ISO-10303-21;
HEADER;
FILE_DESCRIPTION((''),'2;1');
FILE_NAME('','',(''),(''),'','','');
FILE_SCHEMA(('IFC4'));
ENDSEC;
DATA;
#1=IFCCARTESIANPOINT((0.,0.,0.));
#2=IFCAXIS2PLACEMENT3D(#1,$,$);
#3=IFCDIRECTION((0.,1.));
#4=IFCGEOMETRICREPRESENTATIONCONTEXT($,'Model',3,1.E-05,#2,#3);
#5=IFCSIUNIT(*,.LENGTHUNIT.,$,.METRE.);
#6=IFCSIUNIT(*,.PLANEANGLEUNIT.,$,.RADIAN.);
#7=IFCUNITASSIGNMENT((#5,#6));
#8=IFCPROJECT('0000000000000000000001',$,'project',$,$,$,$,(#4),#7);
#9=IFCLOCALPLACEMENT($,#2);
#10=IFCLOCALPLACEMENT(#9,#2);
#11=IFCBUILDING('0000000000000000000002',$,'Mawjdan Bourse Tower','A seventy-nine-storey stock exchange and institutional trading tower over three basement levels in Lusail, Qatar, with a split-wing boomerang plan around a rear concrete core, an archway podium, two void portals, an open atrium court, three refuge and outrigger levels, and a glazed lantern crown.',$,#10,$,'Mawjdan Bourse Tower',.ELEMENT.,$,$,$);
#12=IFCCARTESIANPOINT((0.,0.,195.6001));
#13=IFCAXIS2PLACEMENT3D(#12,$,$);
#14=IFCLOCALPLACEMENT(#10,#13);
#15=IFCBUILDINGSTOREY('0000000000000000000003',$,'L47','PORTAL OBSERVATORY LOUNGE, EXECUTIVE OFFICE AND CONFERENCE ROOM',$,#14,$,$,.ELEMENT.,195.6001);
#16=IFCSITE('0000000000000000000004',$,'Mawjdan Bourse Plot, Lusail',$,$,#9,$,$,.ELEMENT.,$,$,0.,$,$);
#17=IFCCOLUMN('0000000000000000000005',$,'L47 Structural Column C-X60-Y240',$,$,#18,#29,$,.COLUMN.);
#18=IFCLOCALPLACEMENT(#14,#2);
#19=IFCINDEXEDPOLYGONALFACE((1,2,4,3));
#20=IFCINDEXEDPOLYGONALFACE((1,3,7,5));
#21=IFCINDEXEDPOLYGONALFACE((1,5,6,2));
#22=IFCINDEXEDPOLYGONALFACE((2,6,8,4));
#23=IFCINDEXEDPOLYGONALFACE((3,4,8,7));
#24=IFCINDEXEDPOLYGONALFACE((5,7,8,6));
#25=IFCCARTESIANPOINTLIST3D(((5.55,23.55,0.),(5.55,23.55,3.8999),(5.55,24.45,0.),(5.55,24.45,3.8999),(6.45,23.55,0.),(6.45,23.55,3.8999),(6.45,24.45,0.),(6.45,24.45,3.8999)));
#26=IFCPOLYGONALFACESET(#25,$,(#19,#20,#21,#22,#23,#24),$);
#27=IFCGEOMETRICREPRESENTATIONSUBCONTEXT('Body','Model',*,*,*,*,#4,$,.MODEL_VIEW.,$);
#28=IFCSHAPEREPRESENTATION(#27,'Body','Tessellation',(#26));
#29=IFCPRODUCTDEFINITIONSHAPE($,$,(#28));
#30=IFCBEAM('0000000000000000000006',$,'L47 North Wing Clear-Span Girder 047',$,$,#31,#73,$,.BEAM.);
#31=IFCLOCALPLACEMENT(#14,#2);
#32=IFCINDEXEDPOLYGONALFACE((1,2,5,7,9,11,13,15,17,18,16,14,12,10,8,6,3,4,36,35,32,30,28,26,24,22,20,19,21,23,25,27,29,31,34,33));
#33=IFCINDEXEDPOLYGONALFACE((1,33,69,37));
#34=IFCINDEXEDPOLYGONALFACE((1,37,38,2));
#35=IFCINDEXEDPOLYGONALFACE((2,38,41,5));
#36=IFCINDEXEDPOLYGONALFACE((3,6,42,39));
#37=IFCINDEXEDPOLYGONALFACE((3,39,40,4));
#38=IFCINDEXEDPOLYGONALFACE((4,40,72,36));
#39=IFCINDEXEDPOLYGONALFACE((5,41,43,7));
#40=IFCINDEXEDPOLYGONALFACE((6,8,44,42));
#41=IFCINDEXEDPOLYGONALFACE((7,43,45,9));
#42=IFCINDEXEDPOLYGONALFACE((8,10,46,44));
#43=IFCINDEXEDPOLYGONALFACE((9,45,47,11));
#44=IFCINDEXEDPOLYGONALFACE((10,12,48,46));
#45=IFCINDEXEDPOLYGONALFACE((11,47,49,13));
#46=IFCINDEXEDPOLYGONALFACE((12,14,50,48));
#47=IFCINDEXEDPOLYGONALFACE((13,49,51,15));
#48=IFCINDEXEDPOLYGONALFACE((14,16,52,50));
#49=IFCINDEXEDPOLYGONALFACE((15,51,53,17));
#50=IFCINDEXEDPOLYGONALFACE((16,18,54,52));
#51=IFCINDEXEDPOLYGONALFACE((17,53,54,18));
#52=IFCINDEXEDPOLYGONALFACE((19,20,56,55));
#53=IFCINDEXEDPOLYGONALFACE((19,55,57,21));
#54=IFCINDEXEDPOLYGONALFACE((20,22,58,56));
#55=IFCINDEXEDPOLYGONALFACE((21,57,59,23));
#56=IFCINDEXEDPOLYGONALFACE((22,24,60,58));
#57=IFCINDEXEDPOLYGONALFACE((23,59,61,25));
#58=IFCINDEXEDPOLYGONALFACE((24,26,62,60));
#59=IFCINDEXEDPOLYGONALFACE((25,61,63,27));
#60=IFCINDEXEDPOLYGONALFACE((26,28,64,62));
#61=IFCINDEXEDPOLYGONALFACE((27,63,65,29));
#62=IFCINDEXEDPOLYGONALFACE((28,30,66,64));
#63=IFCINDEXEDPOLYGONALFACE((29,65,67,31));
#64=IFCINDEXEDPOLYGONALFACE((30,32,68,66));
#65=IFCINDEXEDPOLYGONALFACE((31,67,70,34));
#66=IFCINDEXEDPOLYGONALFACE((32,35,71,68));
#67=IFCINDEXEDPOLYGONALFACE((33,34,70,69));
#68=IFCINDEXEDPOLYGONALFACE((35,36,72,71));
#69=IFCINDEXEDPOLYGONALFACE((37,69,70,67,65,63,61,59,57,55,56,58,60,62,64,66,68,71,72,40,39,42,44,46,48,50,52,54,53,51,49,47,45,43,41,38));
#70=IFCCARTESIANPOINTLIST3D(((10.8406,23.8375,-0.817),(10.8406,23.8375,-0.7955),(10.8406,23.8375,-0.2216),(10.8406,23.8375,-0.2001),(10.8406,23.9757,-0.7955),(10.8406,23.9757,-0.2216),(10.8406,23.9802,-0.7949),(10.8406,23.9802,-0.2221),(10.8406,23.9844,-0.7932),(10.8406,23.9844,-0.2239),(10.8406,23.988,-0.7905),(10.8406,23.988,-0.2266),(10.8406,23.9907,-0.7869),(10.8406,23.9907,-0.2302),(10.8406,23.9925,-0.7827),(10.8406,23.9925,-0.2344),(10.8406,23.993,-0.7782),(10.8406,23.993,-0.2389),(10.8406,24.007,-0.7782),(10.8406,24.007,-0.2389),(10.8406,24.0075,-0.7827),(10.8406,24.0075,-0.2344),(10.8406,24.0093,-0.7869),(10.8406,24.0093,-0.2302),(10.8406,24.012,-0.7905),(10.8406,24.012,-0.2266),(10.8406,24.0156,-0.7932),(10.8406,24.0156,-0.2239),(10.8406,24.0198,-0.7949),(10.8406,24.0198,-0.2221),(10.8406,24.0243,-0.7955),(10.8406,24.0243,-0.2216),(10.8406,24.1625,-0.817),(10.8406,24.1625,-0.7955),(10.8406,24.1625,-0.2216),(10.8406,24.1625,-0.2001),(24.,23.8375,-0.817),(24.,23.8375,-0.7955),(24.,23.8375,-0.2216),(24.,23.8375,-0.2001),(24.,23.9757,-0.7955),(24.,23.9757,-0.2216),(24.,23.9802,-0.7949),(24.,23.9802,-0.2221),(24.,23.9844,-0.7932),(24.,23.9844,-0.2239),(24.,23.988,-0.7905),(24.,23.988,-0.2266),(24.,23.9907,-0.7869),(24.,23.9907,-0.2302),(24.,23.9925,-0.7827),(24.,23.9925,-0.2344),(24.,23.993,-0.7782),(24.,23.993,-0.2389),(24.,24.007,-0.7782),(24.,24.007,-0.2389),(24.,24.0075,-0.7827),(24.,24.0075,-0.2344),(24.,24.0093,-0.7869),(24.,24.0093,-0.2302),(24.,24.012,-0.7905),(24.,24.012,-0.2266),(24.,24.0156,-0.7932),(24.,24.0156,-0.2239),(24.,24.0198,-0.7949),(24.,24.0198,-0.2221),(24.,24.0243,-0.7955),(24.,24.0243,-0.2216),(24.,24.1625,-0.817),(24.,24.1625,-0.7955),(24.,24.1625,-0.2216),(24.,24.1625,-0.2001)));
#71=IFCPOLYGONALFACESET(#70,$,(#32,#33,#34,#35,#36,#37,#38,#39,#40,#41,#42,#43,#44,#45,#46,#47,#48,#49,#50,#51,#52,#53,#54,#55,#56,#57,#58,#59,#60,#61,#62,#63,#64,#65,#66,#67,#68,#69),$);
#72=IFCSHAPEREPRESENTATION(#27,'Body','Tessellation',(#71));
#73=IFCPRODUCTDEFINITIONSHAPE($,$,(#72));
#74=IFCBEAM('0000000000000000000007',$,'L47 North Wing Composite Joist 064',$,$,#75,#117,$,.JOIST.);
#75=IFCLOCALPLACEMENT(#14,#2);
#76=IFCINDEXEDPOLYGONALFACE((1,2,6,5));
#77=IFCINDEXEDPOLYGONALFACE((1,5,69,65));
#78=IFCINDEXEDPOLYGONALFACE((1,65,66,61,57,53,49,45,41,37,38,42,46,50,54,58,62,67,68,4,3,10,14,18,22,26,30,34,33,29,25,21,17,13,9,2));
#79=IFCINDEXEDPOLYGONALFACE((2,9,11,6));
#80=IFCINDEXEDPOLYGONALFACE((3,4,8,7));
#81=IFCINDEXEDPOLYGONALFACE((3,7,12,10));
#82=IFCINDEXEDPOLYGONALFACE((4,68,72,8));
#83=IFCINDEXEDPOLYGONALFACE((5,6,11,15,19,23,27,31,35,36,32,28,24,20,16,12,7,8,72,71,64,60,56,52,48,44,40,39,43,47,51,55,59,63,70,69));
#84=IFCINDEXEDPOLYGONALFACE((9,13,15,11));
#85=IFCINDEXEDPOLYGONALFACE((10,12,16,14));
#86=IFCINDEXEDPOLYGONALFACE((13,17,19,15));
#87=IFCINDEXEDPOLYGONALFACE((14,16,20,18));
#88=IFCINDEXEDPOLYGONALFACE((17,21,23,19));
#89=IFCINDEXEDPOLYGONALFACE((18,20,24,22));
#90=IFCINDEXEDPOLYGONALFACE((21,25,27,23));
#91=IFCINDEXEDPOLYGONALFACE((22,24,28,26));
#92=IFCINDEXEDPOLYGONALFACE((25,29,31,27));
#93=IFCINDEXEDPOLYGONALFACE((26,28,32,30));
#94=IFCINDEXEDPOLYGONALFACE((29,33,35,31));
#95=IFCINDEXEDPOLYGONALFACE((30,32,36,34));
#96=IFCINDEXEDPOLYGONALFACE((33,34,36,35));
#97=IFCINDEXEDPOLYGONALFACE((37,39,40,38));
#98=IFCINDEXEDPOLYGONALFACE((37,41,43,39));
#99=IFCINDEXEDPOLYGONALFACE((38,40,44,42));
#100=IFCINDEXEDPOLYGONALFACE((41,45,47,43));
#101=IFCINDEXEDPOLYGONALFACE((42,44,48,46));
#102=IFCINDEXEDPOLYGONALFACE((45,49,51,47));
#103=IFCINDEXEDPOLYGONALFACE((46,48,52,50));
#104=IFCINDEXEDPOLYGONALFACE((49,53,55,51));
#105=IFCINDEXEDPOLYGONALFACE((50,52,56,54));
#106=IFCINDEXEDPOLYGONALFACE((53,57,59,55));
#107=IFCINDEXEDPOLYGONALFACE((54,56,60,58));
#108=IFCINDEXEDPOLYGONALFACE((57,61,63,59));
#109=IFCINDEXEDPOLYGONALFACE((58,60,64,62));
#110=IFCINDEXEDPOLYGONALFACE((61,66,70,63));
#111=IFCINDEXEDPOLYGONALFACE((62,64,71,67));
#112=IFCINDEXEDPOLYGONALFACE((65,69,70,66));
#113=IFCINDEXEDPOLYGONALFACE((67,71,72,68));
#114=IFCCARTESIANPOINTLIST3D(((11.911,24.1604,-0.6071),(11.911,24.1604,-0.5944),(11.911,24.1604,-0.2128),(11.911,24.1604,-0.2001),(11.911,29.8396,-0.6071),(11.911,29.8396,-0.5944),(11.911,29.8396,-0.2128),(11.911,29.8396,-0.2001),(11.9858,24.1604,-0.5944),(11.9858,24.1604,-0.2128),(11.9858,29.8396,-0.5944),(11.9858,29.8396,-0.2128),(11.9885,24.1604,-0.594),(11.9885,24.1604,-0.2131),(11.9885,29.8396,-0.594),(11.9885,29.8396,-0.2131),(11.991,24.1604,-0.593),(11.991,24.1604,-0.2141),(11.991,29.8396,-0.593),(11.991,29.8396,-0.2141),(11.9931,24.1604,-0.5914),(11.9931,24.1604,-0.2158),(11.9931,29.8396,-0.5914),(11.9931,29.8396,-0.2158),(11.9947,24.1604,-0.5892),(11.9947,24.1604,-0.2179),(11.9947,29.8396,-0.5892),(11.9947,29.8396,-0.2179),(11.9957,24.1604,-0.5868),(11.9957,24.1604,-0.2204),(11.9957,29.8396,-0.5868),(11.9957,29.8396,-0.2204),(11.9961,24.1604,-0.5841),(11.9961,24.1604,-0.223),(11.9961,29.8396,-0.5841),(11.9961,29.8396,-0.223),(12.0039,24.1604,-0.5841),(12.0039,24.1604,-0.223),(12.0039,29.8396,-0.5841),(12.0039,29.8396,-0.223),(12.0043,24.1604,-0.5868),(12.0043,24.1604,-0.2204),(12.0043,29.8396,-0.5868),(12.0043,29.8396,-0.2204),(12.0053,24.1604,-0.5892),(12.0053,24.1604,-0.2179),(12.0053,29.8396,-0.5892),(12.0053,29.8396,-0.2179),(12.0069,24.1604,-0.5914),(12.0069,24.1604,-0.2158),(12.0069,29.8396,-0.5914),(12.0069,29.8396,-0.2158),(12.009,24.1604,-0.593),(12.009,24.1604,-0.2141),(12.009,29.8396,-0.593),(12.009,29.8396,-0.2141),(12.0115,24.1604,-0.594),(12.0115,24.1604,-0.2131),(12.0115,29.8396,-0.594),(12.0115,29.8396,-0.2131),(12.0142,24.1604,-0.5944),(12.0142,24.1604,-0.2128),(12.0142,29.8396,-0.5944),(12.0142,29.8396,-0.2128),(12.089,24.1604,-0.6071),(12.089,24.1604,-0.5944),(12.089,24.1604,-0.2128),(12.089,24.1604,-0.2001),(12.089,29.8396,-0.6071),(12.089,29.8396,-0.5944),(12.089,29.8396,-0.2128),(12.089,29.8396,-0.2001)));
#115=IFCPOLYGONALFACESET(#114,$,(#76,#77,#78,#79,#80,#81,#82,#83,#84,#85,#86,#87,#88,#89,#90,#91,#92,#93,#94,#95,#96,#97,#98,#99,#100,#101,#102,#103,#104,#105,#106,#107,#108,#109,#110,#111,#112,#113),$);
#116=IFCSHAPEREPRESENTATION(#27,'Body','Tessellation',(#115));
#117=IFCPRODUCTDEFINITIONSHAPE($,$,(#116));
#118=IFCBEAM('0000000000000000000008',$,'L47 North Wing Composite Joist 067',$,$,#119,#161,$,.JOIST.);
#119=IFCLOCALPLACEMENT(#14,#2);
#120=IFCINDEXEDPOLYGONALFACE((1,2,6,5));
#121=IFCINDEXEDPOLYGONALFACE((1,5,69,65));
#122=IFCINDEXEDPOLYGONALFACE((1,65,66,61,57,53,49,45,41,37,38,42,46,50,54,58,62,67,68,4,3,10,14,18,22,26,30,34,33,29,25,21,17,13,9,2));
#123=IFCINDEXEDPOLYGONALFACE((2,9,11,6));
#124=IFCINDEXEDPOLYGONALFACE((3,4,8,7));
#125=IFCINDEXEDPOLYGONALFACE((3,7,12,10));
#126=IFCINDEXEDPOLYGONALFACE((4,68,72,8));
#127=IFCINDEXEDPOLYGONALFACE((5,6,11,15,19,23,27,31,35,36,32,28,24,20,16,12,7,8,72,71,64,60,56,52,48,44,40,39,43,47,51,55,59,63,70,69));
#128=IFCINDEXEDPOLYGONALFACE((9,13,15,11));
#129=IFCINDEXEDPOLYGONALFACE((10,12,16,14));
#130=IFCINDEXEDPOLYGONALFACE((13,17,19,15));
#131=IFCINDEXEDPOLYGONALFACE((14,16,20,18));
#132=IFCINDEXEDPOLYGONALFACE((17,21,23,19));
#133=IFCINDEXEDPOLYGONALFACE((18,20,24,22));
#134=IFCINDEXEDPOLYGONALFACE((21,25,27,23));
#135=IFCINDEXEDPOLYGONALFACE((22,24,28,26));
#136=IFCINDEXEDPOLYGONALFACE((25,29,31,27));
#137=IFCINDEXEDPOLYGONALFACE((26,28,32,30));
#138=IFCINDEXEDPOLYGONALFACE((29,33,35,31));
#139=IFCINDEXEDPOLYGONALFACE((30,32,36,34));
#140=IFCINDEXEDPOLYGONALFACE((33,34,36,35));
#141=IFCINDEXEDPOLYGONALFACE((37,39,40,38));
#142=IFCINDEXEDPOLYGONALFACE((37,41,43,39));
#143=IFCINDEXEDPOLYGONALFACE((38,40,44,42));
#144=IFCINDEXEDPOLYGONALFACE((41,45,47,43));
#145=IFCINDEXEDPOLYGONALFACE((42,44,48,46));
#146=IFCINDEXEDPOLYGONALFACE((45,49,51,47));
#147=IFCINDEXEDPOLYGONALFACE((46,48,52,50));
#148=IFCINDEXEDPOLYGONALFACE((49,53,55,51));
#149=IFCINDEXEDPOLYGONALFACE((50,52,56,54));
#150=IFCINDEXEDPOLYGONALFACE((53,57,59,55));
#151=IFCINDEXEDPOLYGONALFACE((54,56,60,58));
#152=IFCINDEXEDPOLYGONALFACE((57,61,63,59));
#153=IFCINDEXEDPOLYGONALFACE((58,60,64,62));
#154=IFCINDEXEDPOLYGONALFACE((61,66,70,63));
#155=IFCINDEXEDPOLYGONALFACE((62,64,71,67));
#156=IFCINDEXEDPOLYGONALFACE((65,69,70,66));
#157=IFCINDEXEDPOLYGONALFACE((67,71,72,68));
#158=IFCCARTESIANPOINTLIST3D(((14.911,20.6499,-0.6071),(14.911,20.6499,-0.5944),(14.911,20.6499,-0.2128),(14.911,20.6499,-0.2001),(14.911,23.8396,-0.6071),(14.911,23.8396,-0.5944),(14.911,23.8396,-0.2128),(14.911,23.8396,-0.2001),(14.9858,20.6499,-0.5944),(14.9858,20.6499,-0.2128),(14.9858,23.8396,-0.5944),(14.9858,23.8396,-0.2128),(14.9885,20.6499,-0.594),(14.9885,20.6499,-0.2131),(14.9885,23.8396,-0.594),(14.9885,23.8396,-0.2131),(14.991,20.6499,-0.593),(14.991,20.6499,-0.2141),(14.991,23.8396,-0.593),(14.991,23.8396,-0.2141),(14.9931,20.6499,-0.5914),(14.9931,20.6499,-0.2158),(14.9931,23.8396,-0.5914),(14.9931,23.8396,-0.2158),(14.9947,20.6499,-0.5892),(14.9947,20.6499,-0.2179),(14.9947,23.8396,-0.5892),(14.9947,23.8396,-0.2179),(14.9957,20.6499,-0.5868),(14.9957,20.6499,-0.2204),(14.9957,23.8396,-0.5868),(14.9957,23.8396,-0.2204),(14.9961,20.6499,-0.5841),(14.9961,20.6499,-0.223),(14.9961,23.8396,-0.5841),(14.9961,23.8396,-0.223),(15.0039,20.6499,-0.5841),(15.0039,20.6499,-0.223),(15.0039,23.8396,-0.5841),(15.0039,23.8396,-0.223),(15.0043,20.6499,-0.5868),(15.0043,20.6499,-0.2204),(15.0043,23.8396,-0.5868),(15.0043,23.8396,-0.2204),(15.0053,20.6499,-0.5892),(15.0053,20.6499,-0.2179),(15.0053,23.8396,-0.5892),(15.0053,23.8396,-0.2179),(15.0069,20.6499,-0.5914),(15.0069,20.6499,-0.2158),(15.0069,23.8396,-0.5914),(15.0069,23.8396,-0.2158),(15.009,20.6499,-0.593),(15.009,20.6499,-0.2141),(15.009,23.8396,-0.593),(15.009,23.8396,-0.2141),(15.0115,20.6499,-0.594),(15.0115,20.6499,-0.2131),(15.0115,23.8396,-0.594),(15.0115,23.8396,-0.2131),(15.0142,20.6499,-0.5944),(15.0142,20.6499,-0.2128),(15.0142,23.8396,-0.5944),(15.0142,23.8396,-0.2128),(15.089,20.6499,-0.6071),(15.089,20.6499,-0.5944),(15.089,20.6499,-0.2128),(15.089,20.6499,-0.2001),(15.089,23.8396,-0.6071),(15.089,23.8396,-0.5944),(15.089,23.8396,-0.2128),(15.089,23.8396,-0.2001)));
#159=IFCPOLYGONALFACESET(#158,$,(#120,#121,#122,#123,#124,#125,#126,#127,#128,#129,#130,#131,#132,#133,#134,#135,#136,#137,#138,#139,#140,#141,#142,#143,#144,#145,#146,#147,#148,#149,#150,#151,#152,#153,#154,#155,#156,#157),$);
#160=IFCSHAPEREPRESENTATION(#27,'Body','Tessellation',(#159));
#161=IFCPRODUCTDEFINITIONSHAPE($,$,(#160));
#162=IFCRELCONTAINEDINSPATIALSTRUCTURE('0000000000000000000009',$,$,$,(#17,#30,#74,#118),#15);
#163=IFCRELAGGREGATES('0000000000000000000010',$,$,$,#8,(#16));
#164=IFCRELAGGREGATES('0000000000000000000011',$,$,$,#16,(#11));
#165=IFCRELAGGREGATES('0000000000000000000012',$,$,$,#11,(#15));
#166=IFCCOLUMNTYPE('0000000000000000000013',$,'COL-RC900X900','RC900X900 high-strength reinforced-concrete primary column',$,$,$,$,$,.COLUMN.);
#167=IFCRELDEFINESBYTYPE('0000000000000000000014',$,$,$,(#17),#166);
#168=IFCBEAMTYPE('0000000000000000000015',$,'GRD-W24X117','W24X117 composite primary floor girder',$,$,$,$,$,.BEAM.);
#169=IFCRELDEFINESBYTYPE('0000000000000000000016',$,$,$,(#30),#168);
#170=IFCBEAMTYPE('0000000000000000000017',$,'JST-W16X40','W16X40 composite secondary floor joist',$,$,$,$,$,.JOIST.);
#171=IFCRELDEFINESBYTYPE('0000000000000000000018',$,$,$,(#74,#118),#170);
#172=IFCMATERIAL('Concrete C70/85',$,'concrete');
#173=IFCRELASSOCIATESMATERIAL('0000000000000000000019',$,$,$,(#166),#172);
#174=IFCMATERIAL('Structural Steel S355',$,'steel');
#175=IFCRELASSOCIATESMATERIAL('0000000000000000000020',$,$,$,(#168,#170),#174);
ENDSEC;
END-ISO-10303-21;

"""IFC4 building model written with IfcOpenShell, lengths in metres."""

from ifc_helpers import new_model, si_unit, direction, frame, origin, origin_2d, place, context, subcontext, project, spatial, rectangle, i_section, extrude, material, material_profile, profile_set, type_object, element, save


model = new_model("IFC4")

# Units and contexts
model_context = context("Model", 3, precision=1e-05, world=origin(), true_north=direction((0.0, 1.0)))
body_context = subcontext(model_context, "Body", "Model", "MODEL_VIEW")
ifc_project = project(units=[si_unit("LENGTHUNIT", "METRE"), si_unit("PLANEANGLEUNIT", "RADIAN")], contexts=[model_context])

# Site, building, storey
site_placement = place(None, origin())
site = spatial("IfcSite", under=ifc_project, at=site_placement, Name="Mawjdan Bourse Plot, Lusail", CompositionType="ELEMENT", RefElevation=0.0)
building_placement = place(site_placement, origin())
building = spatial("IfcBuilding", under=site, at=building_placement, Name="Mawjdan Bourse Tower", Description="A seventy-nine-storey stock exchange and institutional trading tower over three basement levels in Lusail, Qatar, with a split-wing boomerang plan around a rear concrete core, an archway podium, two void portals, an open atrium court, three refuge and outrigger levels, and a glazed lantern crown.", LongName="Mawjdan Bourse Tower", CompositionType="ELEMENT")
storey_placement = place(building_placement, frame((0.0, 0.0, 195.6001)))
storey = spatial("IfcBuildingStorey", under=building, at=storey_placement, Name="L47", Description="PORTAL OBSERVATORY LOUNGE, EXECUTIVE OFFICE AND CONFERENCE ROOM", CompositionType="ELEMENT", Elevation=195.6001)

# Column
ifc_material_1 = material(Name="Concrete C70/85", Category="concrete")
ifc_material_profile_1 = material_profile(ifc_material_1, rectangle(XDim=0.8999, YDim=0.8999, at=origin_2d()), Name="RC900X900")
ifc_profile_set_1 = profile_set([ifc_material_profile_1], Name="Concrete C70/85")
column_type = type_object("IfcColumnType", Name="COL-RC900X900", Description="RC900X900 high-strength reinforced-concrete primary column", PredefinedType="COLUMN", material=ifc_profile_set_1)
column_placement = place(storey_placement, frame((6.0, 24.0, 0.0), z_axis=(0.0, 0.0, 1.0), x_axis=(1.0, 0.0, 0.0)))
element("IfcColumn", 1, at=column_placement, inside=storey, type_object=column_type, Name="L47 Structural Column C-X60-Y240", PredefinedType="COLUMN", context=body_context, shape_type="SweptSolid", body=[
    extrude(rectangle(XDim=0.8999, YDim=0.8999, at=origin_2d()), origin(), (0.0, 0.0, 1.0), 3.8999),
])

# Beams
ifc_material_2 = material(Name="Structural Steel S355", Category="steel")
ifc_material_profile_2 = material_profile(ifc_material_2, i_section(OverallWidth=0.325, OverallDepth=0.6169, WebThickness=0.0139, FlangeThickness=0.0215, FilletRadius=0.0173, at=origin_2d()), Name="W24X117")
ifc_profile_set_2 = profile_set([ifc_material_profile_2], Name="Structural Steel S355")
beam_type_1 = type_object("IfcBeamType", Name="GRD-W24X117", Description="W24X117 composite primary floor girder", PredefinedType="BEAM", material=ifc_profile_set_2)
beam_1_placement = place(storey_placement, frame((10.8406, 24.0, -0.5085), z_axis=(1.0, 0.0, 0.0), x_axis=(0.0, 1.0, 0.0)))
element("IfcBeam", 2, at=beam_1_placement, inside=storey, type_object=beam_type_1, Name="L47 North Wing Clear-Span Girder 047", PredefinedType="BEAM", context=body_context, shape_type="SweptSolid", body=[
    extrude(i_section(OverallWidth=0.325, OverallDepth=0.6169, WebThickness=0.0139, FlangeThickness=0.0215, FilletRadius=0.0173, at=origin_2d()), origin(), (0.0, 0.0, 1.0), 13.1594),
])
ifc_material_profile_3 = material_profile(ifc_material_2, i_section(OverallWidth=0.178, OverallDepth=0.407, WebThickness=0.0078, FlangeThickness=0.0127, FilletRadius=0.0103, at=origin_2d()), Name="W16X40")
ifc_profile_set_3 = profile_set([ifc_material_profile_3], Name="Structural Steel S355")
beam_type_2 = type_object("IfcBeamType", Name="JST-W16X40", Description="W16X40 composite secondary floor joist", PredefinedType="JOIST", material=ifc_profile_set_3)
beam_2_placement = place(storey_placement, frame((12.0, 24.1604, -0.4036), z_axis=(0.0, 1.0, 0.0), x_axis=(-1.0, 0.0, 0.0)))
element("IfcBeam", 3, at=beam_2_placement, inside=storey, type_object=beam_type_2, Name="L47 North Wing Composite Joist 064", PredefinedType="JOIST", context=body_context, shape_type="SweptSolid", body=[
    extrude(i_section(OverallWidth=0.178, OverallDepth=0.407, WebThickness=0.0078, FlangeThickness=0.0127, FilletRadius=0.0103, at=origin_2d()), origin(), (0.0, 0.0, 1.0), 5.6792),
])
beam_3_placement = place(storey_placement, frame((15.0, 20.6499, -0.4036), z_axis=(0.0, 1.0, 0.0), x_axis=(-1.0, 0.0, 0.0)))
element("IfcBeam", 4, at=beam_3_placement, inside=storey, type_object=beam_type_2, Name="L47 North Wing Composite Joist 067", PredefinedType="JOIST", context=body_context, shape_type="SweptSolid", body=[
    extrude(i_section(OverallWidth=0.178, OverallDepth=0.407, WebThickness=0.0078, FlangeThickness=0.0127, FilletRadius=0.0103, at=origin_2d()), origin(), (0.0, 0.0, 1.0), 3.1897),
])

save(model, "model.ifc")
